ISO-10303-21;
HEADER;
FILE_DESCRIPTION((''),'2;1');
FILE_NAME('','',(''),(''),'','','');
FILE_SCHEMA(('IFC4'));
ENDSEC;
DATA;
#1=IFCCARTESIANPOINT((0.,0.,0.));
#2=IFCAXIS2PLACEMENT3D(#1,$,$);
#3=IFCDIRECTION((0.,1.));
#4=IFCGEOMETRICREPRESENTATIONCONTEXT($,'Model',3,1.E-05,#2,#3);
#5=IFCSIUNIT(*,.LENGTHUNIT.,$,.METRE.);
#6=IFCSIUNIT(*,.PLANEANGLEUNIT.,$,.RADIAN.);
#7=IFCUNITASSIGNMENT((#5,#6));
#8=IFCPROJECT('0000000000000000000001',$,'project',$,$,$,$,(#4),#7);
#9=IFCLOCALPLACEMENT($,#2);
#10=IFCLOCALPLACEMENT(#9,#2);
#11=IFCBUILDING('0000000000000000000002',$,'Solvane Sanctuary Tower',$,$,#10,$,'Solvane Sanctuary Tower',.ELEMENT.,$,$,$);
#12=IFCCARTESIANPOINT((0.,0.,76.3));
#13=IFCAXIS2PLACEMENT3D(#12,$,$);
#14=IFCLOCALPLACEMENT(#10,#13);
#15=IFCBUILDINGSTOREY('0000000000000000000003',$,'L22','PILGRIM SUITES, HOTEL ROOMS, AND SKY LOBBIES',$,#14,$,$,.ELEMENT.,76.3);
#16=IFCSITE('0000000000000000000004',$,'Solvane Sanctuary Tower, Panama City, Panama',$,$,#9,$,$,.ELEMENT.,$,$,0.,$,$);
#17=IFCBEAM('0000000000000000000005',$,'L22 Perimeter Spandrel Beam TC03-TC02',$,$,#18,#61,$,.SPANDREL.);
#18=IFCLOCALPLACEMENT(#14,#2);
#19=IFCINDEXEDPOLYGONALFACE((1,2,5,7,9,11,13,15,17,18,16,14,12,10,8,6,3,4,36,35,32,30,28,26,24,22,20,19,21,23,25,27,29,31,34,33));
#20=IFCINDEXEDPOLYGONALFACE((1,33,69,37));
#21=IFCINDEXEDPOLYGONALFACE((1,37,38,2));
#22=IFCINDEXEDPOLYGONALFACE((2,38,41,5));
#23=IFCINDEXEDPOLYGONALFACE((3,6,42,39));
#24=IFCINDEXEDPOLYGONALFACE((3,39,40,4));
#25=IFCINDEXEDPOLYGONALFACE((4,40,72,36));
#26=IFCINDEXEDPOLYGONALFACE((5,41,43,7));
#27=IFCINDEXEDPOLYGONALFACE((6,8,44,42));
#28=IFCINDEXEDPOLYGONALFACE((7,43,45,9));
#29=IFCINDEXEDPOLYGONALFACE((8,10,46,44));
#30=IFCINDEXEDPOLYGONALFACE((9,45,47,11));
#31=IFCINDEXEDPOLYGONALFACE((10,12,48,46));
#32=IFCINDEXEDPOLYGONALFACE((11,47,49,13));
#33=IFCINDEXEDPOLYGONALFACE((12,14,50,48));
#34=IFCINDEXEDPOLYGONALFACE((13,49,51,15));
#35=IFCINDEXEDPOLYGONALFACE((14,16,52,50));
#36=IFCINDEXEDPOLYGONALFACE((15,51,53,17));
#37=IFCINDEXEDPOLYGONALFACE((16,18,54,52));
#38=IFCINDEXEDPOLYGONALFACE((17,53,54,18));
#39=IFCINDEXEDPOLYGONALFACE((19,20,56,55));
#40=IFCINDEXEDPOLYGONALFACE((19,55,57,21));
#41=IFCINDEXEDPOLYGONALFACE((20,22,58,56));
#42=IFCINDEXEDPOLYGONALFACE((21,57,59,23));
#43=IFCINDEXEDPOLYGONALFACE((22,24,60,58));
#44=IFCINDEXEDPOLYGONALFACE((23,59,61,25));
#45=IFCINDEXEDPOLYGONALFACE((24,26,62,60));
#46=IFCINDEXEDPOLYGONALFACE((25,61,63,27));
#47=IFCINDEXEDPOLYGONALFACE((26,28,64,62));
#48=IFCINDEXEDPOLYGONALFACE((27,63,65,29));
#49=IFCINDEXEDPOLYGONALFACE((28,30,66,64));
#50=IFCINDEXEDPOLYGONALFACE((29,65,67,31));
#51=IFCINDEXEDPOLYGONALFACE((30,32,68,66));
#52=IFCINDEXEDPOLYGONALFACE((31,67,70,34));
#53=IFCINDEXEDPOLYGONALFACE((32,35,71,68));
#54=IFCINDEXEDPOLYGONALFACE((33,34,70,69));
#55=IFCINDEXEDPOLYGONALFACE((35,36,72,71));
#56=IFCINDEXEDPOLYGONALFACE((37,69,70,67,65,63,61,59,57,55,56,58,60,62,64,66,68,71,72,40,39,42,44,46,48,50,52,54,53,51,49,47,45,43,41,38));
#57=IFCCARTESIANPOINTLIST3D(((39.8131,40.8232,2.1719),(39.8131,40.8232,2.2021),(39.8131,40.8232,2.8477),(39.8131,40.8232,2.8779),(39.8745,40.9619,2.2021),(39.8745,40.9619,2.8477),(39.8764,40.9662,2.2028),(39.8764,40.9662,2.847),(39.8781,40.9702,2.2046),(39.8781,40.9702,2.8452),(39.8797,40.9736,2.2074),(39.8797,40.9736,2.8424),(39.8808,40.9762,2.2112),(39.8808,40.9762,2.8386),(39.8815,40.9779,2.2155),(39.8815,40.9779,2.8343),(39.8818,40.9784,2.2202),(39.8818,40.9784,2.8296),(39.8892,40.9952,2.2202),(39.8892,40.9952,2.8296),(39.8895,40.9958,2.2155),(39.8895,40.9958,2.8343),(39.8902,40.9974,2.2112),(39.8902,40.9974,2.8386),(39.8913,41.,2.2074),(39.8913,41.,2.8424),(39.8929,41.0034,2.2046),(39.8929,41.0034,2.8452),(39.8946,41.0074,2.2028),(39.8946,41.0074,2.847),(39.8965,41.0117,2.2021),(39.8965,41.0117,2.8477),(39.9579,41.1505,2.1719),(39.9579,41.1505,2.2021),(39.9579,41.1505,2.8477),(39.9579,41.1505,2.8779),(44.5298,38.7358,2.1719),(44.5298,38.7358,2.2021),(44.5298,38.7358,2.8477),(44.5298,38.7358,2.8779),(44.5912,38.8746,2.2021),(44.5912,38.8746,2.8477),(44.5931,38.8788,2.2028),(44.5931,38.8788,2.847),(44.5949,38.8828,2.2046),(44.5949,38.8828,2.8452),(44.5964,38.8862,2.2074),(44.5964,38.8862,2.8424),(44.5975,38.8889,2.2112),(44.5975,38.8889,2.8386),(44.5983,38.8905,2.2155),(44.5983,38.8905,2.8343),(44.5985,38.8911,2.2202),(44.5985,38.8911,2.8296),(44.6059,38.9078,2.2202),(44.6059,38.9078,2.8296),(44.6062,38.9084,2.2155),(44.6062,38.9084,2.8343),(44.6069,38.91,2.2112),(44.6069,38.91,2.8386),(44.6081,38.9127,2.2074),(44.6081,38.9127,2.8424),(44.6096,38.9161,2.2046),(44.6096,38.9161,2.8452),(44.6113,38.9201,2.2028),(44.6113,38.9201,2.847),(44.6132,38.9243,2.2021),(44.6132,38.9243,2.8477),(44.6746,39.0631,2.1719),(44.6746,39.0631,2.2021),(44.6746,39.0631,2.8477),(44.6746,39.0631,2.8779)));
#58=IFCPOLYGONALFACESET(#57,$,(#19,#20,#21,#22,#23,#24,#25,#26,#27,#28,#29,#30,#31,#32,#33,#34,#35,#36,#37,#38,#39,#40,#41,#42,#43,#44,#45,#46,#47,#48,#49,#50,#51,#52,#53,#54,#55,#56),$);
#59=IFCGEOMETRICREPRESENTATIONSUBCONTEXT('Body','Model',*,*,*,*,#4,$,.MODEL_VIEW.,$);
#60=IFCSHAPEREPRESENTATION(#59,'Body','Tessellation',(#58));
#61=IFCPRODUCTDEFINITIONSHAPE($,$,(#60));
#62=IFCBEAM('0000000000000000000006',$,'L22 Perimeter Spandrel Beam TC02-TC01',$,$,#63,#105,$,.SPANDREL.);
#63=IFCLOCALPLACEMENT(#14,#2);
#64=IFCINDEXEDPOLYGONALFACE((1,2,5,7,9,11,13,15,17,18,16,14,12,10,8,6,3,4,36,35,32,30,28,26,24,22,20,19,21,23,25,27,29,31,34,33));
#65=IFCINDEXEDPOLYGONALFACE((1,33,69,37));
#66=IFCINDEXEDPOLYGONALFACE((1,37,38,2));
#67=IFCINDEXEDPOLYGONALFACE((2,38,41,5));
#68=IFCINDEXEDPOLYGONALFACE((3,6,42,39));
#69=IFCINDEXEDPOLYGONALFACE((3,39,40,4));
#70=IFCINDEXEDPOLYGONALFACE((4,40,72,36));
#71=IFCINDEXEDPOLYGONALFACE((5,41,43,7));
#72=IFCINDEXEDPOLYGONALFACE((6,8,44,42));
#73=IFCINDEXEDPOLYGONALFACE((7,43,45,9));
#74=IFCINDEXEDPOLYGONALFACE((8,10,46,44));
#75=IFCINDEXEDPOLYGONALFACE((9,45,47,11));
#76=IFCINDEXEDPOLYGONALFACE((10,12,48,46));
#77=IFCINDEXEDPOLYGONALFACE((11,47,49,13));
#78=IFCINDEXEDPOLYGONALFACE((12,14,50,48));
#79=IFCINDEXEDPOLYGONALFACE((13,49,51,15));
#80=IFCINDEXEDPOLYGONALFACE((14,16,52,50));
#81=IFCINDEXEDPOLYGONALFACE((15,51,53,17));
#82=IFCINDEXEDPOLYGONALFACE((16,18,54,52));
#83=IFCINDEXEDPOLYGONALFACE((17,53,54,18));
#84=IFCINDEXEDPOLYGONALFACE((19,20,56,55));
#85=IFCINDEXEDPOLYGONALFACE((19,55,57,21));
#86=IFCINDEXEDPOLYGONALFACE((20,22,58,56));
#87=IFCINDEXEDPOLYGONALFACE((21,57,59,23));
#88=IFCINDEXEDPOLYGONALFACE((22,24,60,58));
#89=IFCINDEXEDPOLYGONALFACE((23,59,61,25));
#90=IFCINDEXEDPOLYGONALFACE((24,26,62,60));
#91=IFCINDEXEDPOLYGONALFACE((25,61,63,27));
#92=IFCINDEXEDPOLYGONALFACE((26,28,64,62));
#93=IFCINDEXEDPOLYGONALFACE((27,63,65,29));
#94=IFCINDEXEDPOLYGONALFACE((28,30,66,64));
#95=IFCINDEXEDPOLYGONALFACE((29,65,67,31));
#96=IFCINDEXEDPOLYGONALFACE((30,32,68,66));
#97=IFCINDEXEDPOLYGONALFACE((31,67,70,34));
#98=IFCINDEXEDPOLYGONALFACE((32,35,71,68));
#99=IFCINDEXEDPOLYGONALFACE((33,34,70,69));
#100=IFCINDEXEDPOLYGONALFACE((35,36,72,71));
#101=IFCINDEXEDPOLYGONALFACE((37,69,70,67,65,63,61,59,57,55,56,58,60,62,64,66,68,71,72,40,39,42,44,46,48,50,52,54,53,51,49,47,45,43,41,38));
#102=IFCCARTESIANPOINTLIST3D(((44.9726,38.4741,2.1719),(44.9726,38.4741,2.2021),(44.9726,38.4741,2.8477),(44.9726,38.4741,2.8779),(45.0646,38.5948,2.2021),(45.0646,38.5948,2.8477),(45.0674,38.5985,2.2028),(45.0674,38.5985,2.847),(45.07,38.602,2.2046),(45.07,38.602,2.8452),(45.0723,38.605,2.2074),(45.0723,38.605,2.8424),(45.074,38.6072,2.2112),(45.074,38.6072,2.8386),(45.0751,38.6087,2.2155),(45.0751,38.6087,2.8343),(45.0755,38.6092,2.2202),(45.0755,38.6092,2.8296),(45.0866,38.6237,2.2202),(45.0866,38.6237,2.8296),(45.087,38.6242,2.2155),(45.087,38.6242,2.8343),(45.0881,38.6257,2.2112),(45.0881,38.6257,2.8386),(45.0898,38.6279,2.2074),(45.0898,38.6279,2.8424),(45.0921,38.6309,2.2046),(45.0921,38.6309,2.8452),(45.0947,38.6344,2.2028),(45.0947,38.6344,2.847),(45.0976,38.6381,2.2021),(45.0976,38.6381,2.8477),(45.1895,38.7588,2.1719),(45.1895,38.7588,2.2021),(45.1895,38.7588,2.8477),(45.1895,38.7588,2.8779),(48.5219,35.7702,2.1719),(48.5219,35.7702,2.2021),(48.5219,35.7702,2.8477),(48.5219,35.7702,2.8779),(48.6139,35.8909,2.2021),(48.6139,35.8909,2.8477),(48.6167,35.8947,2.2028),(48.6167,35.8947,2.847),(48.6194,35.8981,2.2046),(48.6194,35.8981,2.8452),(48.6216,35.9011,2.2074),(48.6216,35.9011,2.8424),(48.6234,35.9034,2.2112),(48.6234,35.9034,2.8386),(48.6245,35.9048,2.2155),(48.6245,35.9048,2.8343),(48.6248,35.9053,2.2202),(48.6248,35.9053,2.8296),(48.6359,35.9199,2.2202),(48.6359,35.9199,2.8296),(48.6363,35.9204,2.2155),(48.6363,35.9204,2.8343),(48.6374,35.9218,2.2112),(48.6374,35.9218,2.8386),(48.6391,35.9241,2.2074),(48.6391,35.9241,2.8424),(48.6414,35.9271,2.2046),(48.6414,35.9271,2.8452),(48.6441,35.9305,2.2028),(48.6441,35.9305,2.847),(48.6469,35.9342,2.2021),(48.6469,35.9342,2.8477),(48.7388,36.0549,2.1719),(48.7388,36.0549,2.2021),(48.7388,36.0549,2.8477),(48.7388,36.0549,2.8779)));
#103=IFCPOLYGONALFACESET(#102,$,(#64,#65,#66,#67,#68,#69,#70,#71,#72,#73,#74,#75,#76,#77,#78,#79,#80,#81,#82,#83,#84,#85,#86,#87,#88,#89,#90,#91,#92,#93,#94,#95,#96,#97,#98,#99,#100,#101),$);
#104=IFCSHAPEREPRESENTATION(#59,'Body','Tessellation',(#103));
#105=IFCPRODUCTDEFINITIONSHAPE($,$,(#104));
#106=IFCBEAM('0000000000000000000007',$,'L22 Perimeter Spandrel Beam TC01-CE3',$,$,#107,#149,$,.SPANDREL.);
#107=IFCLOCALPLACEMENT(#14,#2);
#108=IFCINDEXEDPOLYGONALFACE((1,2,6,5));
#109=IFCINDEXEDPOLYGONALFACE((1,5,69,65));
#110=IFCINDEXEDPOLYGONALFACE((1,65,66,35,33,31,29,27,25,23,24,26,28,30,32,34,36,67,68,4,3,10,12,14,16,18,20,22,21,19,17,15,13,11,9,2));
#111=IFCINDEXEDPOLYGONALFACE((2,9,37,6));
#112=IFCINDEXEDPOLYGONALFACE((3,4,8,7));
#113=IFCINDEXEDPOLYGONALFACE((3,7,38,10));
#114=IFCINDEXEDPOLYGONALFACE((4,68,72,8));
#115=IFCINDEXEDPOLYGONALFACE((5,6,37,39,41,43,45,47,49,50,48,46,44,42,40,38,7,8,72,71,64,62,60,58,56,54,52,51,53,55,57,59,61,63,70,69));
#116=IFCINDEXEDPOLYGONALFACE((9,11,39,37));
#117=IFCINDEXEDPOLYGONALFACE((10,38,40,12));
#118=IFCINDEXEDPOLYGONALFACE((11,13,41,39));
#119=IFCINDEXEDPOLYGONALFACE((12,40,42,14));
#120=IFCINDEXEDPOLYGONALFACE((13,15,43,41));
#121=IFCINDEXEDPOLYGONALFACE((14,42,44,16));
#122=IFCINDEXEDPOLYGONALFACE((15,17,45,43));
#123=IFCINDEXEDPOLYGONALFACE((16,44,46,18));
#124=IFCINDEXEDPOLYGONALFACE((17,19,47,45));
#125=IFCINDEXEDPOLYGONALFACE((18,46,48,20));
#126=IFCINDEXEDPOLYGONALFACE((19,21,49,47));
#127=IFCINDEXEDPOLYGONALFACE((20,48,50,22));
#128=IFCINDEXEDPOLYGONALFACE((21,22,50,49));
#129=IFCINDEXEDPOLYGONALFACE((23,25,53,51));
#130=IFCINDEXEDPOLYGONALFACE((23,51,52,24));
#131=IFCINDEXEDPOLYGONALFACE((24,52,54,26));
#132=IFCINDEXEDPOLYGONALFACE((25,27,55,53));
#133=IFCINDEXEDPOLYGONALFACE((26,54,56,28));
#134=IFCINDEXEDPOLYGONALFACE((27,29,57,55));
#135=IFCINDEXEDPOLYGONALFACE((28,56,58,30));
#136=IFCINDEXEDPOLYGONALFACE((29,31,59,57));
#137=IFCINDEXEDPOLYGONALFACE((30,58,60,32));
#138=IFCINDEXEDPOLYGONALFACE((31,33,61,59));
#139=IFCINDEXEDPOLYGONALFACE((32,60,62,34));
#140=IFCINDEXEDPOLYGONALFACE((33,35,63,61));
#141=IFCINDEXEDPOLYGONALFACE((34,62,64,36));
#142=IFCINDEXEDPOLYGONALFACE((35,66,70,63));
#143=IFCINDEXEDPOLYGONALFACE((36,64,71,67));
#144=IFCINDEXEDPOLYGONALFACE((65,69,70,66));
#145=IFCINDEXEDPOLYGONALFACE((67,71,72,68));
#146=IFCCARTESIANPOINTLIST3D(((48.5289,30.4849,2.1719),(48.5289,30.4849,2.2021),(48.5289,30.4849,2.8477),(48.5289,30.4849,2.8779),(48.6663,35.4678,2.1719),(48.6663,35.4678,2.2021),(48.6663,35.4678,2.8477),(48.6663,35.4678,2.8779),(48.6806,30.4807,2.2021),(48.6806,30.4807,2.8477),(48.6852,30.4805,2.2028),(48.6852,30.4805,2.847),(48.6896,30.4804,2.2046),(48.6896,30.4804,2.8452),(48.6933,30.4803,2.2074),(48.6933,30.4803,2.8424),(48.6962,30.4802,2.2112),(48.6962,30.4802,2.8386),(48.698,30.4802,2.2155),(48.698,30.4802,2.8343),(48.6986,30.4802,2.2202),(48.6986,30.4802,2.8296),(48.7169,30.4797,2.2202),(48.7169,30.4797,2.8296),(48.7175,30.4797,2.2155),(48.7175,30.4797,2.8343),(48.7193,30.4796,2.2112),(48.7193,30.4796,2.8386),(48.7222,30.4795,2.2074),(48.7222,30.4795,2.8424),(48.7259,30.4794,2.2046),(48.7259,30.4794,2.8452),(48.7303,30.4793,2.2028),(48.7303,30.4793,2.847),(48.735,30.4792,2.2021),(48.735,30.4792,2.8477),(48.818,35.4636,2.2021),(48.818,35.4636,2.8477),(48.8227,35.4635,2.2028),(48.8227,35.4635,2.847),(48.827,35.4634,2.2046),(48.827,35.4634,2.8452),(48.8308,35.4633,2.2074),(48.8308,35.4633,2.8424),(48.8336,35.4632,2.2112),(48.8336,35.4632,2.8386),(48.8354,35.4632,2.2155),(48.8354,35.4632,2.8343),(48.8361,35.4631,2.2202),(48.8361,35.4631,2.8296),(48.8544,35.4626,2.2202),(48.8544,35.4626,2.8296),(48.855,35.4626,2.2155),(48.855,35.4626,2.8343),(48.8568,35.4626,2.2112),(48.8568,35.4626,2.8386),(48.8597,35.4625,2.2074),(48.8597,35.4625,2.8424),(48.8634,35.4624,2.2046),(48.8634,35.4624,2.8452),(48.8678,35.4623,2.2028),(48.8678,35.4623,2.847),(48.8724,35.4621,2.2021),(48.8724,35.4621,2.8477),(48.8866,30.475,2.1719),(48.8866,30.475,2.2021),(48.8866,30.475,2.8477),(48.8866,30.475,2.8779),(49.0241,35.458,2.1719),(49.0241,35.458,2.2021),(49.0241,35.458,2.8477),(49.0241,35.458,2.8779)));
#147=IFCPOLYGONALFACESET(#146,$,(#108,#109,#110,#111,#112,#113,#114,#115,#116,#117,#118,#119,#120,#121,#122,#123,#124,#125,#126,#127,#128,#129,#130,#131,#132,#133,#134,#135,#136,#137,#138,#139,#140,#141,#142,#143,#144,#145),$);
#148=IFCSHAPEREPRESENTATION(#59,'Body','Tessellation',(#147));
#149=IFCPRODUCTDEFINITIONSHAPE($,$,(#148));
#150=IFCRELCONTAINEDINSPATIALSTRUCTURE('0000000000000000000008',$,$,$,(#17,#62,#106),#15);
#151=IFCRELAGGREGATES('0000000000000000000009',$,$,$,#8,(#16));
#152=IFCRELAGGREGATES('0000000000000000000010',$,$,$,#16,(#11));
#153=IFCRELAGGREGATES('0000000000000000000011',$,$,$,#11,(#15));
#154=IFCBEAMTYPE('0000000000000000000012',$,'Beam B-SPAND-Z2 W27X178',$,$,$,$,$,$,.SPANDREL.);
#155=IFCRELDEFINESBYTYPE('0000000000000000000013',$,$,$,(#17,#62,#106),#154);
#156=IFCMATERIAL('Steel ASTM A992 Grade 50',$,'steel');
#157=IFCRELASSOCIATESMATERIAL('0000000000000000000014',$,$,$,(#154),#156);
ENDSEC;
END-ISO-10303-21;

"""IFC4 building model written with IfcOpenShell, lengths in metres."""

from ifc_helpers import new_model, si_unit, direction, frame, origin, origin_2d, place, context, subcontext, project, spatial, i_section, extrude, material, material_profile, profile_set, type_object, element, save


model = new_model("IFC4")

# Units and contexts
model_context = context("Model", 3, precision=1e-05, world=origin(), true_north=direction((0.0, 1.0)))
body_context = subcontext(model_context, "Body", "Model", "MODEL_VIEW")
ifc_project = project(units=[si_unit("LENGTHUNIT", "METRE"), si_unit("PLANEANGLEUNIT", "RADIAN")], contexts=[model_context])

# Site, building, storey
site_placement = place(None, origin())
site = spatial("IfcSite", under=ifc_project, at=site_placement, Name="Solvane Sanctuary Tower, Panama City, Panama", CompositionType="ELEMENT", RefElevation=0.0)
building_placement = place(site_placement, origin())
building = spatial("IfcBuilding", under=site, at=building_placement, Name="Solvane Sanctuary Tower", LongName="Solvane Sanctuary Tower", CompositionType="ELEMENT")
storey_placement = place(building_placement, frame((0.0, 0.0, 76.3)))
storey = spatial("IfcBuildingStorey", under=building, at=storey_placement, Name="L22", Description="PILGRIM SUITES, HOTEL ROOMS, AND SKY LOBBIES", CompositionType="ELEMENT", Elevation=76.3)

# Beams
ifc_material_1 = material(Name="Steel ASTM A992 Grade 50", Category="steel")
ifc_material_profile_1 = material_profile(ifc_material_1, i_section(OverallWidth=0.3579, OverallDepth=0.7061, WebThickness=0.0183, FlangeThickness=0.0303, FilletRadius=0.0181, at=origin_2d()), Name="W27X178")
ifc_profile_set_1 = profile_set([ifc_material_profile_1], Name="Steel ASTM A992 Grade 50")
beam_type_1 = type_object("IfcBeamType", Name="Beam B-SPAND-Z2 W27X178", PredefinedType="SPANDREL", material=ifc_profile_set_1)
beam_1_placement = place(storey_placement, frame((39.8855, 40.9868, 2.5249), z_axis=(0.914455, -0.404689, 0.0), x_axis=(0.404689, 0.914455, 0.0)))
element("IfcBeam", 1, at=beam_1_placement, inside=storey, type_object=beam_type_1, Name="L22 Perimeter Spandrel Beam TC03-TC02", PredefinedType="SPANDREL", context=body_context, shape_type="SweptSolid", body=[
    extrude(i_section(OverallWidth=0.3579, OverallDepth=0.7061, WebThickness=0.0183, FlangeThickness=0.0303, FilletRadius=0.0181, at=origin_2d()), origin(), (0.0, 0.0, 1.0), 5.158),
])
beam_2_placement = place(storey_placement, frame((45.0811, 38.6165, 2.5249), z_axis=(0.795473, -0.605989, 0.0), x_axis=(0.605989, 0.795473, 0.0)))
element("IfcBeam", 2, at=beam_2_placement, inside=storey, type_object=beam_type_1, Name="L22 Perimeter Spandrel Beam TC02-TC01", PredefinedType="SPANDREL", context=body_context, shape_type="SweptSolid", body=[
    extrude(i_section(OverallWidth=0.3579, OverallDepth=0.7061, WebThickness=0.0183, FlangeThickness=0.0303, FilletRadius=0.0181, at=origin_2d()), origin(), (0.0, 0.0, 1.0), 4.4619),
])
beam_3_placement = place(storey_placement, frame((48.8452, 35.4629, 2.5249), z_axis=(-0.027574, -0.99962, 0.0), x_axis=(0.99962, -0.027574, 0.0)))
element("IfcBeam", 3, at=beam_3_placement, inside=storey, type_object=beam_type_1, Name="L22 Perimeter Spandrel Beam TC01-CE3", PredefinedType="SPANDREL", context=body_context, shape_type="SweptSolid", body=[
    extrude(i_section(OverallWidth=0.3579, OverallDepth=0.7061, WebThickness=0.0183, FlangeThickness=0.0303, FilletRadius=0.0181, at=origin_2d()), origin(), (0.0, 0.0, 1.0), 4.9849),
])

save(model, "model.ifc")
